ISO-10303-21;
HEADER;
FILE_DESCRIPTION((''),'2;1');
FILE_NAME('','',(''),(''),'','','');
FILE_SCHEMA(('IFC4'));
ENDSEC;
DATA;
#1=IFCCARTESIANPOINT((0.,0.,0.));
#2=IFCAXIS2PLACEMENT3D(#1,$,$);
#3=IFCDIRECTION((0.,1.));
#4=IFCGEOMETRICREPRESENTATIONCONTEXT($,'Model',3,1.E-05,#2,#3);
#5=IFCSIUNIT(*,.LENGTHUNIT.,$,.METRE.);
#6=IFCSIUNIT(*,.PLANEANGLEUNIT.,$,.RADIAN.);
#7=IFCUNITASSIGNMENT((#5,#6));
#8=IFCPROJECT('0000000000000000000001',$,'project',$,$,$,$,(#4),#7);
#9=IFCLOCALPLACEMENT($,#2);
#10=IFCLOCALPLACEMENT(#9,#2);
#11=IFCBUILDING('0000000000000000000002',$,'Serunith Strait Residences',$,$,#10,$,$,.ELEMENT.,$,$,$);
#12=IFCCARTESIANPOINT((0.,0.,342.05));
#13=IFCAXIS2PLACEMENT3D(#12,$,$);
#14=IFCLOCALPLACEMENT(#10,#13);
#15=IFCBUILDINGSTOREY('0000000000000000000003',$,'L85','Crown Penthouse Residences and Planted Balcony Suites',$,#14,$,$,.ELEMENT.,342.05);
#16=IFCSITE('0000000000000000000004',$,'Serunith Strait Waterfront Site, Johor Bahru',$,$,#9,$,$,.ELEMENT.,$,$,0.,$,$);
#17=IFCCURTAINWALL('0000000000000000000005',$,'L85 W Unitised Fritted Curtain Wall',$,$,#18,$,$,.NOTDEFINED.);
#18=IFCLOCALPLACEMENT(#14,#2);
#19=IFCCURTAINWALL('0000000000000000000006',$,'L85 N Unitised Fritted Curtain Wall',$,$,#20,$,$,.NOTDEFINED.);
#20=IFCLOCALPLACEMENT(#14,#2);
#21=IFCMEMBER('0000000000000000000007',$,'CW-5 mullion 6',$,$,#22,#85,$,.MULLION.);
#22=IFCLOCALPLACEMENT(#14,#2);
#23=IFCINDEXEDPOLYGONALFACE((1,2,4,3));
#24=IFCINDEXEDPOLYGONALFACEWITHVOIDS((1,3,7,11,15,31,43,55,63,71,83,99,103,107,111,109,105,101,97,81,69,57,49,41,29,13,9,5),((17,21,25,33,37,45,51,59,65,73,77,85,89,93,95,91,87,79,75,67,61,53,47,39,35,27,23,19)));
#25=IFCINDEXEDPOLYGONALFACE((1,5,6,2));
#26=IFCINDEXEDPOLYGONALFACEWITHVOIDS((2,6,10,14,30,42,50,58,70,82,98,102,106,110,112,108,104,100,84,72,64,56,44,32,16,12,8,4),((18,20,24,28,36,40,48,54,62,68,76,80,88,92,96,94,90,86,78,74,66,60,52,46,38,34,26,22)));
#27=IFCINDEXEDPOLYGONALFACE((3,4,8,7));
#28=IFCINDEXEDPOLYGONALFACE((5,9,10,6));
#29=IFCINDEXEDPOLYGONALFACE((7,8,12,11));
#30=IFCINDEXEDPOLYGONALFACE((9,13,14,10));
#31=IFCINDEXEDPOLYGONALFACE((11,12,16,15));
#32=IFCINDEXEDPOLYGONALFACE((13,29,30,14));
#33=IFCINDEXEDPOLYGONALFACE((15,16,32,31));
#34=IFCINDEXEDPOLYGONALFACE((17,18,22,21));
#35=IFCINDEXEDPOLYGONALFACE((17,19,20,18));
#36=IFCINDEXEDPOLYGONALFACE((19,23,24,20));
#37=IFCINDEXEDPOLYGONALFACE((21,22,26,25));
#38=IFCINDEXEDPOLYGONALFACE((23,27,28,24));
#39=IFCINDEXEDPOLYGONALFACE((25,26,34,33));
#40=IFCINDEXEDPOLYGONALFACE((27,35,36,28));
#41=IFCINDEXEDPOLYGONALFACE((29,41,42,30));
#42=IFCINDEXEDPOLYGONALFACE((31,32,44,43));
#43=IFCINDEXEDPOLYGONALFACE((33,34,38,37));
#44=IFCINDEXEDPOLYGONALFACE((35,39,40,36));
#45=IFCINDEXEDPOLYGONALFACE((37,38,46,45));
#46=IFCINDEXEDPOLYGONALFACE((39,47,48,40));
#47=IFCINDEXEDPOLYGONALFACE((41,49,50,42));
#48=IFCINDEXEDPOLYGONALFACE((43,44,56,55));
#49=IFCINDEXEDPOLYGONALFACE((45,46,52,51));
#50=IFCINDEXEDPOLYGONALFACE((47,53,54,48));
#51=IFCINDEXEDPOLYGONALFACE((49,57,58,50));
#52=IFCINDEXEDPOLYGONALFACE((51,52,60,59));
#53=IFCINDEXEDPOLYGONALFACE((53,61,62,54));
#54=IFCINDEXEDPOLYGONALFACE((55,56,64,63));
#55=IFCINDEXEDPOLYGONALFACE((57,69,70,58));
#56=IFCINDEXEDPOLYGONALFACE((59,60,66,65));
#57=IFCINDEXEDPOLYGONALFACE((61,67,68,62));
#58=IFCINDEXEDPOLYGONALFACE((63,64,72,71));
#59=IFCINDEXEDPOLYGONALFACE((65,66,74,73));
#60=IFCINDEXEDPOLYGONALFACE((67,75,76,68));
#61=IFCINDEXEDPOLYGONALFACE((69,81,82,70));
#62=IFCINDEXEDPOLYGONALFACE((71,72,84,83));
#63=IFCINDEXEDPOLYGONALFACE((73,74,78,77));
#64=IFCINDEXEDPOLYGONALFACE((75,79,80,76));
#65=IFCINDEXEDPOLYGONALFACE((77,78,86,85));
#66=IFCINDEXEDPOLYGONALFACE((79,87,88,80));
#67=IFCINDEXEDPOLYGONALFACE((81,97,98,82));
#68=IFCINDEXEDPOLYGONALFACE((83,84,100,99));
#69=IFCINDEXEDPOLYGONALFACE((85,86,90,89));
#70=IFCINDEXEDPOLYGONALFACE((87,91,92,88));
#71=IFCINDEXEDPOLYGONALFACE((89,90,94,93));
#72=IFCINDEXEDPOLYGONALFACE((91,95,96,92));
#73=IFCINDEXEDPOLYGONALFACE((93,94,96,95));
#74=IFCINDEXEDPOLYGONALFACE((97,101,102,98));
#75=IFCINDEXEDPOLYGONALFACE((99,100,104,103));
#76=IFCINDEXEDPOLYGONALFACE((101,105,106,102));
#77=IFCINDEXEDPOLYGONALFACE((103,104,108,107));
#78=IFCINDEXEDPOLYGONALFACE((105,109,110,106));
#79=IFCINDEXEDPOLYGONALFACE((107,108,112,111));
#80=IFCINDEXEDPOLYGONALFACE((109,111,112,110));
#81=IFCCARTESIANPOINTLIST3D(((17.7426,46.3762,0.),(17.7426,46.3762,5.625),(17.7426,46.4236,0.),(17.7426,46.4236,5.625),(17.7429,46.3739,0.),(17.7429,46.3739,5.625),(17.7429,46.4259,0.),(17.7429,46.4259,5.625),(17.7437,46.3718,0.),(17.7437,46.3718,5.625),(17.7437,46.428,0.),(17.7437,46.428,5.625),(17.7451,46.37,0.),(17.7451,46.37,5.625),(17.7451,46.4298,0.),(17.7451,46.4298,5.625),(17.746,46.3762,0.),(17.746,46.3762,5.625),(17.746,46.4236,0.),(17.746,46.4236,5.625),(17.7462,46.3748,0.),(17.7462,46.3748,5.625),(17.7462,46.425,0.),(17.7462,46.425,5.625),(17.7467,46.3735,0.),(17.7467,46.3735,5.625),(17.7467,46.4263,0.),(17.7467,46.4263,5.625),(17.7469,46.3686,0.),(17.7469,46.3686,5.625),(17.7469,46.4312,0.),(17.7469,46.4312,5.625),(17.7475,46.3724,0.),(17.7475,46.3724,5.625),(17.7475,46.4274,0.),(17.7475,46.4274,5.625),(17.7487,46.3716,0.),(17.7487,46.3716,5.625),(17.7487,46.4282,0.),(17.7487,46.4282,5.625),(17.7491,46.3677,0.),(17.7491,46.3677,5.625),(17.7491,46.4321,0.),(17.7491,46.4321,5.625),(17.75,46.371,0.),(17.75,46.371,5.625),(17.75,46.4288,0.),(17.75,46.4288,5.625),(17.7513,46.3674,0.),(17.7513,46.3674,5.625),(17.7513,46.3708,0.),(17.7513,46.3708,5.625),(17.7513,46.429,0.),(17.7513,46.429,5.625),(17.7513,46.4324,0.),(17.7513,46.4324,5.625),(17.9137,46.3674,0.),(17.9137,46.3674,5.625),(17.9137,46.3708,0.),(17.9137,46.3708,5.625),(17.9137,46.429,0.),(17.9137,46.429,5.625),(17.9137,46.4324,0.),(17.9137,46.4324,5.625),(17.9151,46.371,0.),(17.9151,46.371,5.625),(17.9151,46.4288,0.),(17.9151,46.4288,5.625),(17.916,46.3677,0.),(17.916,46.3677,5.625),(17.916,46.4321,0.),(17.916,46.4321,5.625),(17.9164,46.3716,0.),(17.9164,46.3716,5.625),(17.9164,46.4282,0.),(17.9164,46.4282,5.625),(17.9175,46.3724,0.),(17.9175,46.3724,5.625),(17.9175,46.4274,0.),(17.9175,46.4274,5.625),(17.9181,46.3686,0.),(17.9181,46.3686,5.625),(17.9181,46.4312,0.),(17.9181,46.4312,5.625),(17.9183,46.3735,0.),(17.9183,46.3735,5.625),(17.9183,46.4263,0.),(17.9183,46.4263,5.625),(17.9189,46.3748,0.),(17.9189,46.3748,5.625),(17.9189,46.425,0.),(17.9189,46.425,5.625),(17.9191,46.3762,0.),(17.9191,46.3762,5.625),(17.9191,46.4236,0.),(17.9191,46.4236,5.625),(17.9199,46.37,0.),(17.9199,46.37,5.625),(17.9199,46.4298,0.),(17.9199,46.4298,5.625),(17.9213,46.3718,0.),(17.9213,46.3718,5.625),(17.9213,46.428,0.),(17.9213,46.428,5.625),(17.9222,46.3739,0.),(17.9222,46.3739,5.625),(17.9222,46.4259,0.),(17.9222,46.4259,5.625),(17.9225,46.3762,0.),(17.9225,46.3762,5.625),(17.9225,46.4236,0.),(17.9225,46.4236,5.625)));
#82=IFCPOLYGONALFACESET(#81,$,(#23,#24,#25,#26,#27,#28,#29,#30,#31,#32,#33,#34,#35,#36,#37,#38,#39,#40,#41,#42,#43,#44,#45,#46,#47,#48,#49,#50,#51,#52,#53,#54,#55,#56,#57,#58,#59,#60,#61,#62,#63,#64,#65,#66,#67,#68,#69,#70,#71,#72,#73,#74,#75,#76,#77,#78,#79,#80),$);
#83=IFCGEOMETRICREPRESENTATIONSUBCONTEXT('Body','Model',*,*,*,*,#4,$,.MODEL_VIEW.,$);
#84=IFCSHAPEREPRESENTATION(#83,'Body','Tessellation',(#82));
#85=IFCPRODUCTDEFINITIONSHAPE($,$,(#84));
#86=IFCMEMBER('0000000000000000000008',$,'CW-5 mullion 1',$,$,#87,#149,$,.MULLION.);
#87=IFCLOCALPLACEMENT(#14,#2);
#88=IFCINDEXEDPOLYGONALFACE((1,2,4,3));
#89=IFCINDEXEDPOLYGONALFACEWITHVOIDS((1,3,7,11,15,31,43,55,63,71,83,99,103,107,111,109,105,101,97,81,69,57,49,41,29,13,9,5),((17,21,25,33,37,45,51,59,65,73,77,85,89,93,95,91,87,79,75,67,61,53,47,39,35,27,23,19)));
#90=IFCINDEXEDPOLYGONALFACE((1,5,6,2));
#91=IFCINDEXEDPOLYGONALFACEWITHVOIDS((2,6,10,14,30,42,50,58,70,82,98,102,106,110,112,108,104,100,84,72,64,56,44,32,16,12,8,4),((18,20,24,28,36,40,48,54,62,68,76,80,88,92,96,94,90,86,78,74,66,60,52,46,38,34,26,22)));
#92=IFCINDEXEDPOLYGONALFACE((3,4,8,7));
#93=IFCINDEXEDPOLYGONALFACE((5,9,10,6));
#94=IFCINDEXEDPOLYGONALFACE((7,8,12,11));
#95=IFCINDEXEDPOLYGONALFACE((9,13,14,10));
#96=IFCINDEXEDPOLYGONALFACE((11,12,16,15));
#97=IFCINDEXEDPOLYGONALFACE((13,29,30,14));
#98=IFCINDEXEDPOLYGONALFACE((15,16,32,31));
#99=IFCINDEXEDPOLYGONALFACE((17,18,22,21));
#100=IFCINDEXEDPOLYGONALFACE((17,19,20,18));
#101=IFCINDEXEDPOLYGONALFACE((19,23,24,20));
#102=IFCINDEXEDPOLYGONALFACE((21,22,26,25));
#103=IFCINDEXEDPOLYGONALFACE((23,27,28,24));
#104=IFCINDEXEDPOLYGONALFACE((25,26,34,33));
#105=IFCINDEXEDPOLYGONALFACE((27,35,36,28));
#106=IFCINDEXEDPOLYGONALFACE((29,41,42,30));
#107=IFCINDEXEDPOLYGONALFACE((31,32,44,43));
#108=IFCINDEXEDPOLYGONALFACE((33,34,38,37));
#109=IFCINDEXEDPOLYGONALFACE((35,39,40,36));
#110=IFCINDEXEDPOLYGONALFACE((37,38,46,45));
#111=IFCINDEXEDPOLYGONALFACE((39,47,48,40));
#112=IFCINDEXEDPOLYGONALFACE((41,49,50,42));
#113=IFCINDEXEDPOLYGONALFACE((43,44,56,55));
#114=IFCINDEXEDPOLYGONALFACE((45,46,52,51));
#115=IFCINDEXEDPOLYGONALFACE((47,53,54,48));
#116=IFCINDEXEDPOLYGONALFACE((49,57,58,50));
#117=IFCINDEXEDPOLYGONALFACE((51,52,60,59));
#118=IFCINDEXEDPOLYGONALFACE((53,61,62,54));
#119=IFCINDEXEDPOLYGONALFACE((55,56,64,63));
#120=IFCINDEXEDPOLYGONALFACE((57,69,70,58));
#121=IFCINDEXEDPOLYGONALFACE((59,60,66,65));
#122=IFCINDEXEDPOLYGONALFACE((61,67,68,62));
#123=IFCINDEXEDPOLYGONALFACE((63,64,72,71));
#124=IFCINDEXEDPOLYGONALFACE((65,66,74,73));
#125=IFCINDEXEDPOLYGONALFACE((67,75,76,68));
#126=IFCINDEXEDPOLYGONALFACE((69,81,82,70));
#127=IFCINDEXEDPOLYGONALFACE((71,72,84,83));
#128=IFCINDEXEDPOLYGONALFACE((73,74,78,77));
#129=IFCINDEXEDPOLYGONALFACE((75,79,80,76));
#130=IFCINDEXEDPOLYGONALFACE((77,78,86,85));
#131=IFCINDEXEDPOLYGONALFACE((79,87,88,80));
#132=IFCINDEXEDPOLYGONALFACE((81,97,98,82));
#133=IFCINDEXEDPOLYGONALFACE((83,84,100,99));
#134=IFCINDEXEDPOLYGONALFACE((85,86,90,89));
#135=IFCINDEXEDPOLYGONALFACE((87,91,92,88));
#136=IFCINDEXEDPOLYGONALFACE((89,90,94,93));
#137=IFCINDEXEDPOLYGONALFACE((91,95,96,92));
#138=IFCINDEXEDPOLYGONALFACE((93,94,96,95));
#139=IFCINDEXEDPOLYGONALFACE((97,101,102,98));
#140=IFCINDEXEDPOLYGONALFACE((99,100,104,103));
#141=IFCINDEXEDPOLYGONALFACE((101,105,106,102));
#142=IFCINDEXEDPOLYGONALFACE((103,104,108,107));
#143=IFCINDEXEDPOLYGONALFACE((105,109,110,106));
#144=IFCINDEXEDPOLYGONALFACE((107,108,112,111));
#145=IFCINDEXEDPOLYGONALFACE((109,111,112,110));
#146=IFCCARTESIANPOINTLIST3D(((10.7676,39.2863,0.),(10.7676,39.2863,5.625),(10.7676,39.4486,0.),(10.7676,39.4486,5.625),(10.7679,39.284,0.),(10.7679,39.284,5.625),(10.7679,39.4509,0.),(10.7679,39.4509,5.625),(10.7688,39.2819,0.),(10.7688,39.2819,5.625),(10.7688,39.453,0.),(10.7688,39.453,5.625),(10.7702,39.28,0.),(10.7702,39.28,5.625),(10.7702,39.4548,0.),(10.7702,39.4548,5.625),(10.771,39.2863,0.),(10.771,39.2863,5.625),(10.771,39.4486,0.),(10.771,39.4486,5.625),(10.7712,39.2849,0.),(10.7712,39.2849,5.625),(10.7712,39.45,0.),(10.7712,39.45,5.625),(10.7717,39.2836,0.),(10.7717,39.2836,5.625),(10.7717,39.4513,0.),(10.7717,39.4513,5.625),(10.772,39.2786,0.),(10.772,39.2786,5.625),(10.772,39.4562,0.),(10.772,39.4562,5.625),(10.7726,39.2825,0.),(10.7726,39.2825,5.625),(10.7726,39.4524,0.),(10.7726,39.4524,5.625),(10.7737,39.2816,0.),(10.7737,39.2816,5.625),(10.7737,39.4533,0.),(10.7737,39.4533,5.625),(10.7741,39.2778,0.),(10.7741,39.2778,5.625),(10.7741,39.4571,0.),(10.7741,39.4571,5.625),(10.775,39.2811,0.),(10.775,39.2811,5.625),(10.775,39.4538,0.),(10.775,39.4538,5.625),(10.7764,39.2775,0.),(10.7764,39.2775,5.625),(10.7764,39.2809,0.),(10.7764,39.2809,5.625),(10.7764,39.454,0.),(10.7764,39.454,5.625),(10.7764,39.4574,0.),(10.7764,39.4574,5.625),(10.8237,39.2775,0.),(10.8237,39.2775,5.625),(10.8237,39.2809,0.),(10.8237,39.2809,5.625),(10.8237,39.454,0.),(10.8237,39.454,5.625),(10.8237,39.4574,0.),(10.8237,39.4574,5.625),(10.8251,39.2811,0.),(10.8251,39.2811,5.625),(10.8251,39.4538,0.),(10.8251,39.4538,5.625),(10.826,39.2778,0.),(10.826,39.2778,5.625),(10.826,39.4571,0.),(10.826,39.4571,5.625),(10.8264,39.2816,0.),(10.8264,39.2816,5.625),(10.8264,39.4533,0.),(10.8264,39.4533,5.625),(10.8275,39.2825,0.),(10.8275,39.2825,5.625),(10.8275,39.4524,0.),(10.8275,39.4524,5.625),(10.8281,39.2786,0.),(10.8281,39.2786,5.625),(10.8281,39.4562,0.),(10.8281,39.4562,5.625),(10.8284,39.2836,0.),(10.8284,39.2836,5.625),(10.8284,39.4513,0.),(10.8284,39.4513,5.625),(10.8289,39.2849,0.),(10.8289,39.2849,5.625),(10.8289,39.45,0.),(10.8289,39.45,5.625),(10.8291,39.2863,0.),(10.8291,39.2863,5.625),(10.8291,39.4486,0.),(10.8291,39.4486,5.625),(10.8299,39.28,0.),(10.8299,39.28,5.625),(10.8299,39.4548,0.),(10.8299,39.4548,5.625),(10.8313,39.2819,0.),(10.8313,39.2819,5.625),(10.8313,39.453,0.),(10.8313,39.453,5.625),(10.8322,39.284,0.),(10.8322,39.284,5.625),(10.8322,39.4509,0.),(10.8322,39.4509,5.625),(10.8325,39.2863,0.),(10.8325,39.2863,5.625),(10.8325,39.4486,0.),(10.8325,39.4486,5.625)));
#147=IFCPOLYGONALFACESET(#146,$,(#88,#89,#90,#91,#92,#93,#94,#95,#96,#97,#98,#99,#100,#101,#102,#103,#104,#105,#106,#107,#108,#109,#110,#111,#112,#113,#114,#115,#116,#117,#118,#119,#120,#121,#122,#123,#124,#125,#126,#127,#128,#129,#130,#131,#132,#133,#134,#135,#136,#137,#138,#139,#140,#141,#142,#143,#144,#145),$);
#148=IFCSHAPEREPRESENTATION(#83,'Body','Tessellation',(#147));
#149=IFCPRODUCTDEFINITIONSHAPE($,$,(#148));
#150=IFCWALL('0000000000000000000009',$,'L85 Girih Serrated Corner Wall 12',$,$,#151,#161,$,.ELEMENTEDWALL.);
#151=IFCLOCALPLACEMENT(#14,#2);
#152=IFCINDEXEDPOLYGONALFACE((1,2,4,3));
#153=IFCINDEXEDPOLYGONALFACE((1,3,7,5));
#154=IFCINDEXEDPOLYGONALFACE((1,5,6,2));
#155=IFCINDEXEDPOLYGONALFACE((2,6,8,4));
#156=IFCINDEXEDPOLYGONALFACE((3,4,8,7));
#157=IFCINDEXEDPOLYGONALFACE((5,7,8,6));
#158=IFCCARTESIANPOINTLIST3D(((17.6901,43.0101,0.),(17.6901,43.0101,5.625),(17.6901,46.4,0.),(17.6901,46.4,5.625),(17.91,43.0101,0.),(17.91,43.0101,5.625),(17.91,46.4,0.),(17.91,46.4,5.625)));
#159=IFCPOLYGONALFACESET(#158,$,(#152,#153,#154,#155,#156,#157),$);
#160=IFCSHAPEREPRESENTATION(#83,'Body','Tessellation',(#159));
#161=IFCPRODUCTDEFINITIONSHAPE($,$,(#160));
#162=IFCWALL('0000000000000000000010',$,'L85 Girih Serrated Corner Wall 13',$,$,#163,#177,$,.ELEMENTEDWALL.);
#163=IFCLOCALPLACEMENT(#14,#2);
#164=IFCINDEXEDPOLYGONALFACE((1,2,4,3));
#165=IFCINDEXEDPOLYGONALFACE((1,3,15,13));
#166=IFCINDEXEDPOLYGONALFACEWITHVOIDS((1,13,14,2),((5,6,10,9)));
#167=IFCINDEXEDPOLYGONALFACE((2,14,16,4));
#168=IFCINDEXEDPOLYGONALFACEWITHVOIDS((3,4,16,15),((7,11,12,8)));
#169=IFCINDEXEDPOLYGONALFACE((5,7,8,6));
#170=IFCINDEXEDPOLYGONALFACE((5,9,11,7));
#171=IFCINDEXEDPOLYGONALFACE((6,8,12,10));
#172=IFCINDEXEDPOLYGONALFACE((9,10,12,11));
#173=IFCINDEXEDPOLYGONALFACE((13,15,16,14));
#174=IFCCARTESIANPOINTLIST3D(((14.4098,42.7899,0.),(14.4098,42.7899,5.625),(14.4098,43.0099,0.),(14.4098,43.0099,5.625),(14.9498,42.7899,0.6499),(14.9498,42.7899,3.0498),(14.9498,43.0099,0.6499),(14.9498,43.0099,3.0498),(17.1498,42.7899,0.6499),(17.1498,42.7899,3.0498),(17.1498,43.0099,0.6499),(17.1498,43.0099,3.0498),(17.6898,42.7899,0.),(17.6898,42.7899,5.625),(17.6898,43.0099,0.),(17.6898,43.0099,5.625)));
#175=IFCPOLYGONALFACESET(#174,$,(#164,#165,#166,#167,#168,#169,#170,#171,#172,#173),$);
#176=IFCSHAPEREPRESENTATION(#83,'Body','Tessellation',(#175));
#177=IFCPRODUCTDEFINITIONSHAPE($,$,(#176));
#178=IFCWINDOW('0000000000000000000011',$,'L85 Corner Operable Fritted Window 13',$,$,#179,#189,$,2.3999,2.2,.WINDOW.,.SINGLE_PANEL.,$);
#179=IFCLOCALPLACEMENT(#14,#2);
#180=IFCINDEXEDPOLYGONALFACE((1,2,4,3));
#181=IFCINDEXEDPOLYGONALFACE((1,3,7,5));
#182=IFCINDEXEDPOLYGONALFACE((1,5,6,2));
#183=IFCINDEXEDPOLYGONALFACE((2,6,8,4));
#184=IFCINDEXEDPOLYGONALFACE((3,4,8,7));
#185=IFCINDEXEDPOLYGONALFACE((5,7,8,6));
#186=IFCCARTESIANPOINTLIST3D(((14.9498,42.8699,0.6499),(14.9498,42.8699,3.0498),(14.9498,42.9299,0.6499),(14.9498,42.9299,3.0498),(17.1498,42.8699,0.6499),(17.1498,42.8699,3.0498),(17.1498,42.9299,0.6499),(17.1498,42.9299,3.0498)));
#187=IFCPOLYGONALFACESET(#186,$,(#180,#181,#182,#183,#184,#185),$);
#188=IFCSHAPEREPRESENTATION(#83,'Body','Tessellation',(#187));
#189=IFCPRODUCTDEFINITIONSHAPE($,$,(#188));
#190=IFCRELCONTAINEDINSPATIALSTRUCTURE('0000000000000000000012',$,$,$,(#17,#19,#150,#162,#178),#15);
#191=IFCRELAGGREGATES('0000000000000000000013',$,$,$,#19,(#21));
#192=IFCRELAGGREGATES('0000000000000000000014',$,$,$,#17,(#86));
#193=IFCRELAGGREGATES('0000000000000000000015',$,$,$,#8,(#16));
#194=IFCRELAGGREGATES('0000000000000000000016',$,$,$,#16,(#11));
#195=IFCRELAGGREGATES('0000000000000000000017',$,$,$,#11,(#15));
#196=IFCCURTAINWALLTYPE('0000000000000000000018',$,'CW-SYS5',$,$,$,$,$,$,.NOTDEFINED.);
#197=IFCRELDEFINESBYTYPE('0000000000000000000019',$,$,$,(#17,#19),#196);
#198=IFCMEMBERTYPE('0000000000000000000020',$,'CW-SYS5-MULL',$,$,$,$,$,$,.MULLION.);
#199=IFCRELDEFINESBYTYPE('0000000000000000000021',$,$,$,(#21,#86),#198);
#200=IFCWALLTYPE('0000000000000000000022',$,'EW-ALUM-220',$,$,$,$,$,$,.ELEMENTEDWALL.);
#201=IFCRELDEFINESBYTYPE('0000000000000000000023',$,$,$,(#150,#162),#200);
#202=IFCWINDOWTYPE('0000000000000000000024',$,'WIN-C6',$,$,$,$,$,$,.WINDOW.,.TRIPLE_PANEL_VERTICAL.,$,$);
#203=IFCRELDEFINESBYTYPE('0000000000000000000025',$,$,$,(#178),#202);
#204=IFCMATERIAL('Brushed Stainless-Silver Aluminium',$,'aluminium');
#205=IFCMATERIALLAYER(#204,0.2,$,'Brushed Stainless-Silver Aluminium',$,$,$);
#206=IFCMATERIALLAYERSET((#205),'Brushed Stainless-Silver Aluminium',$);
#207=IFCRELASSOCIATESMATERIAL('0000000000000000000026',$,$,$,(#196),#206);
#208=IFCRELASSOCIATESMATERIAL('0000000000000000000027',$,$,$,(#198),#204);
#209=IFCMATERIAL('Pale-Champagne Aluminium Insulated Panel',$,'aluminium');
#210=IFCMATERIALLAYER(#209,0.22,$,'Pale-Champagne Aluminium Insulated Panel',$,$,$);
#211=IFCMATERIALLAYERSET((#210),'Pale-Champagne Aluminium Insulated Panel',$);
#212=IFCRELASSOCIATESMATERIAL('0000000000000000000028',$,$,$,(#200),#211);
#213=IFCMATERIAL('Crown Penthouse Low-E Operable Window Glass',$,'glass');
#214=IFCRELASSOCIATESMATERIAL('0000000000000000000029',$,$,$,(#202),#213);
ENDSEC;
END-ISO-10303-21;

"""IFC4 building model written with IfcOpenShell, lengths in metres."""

from ifc_helpers import new_model, si_unit, direction, frame, frame_2d, origin, origin_2d, place, context, subcontext, project, spatial, rectangle, hollow_rectangle, extrude, source, transform, mapped, material, layer, layer_set, material_profile, profile_set, type_object, element, fill, aggregate, save


model = new_model("IFC4")

# Units and contexts
model_context = context("Model", 3, precision=1e-05, world=origin(), true_north=direction((0.0, 1.0)))
body_context = subcontext(model_context, "Body", "Model", "MODEL_VIEW")
ifc_project = project(units=[si_unit("LENGTHUNIT", "METRE"), si_unit("PLANEANGLEUNIT", "RADIAN")], contexts=[model_context])

# Site, building, storey
site_placement = place(None, origin())
site = spatial("IfcSite", under=ifc_project, at=site_placement, Name="Serunith Strait Waterfront Site, Johor Bahru", CompositionType="ELEMENT", RefElevation=0.0)
building_placement = place(site_placement, origin())
building = spatial("IfcBuilding", under=site, at=building_placement, Name="Serunith Strait Residences", CompositionType="ELEMENT")
storey_placement = place(building_placement, frame((0.0, 0.0, 342.05)))
storey = spatial("IfcBuildingStorey", under=building, at=storey_placement, Name="L85", Description="Crown Penthouse Residences and Planted Balcony Suites", CompositionType="ELEMENT", Elevation=342.05)

# Curtain wall
ifc_material_1 = material(Name="Brushed Stainless-Silver Aluminium", Category="aluminium")
ifc_layer_1 = layer(ifc_material_1, 0.2, Name="Brushed Stainless-Silver Aluminium")
ifc_layer_set_1 = layer_set([ifc_layer_1], Name="Brushed Stainless-Silver Aluminium")
curtain_wall_type = type_object("IfcCurtainWallType", Name="CW-SYS5", PredefinedType="NOTDEFINED", material=ifc_layer_set_1)
curtain_wall_1_placement = place(storey_placement, origin())
curtain_wall_1 = element("IfcCurtainWall", 1, at=curtain_wall_1_placement, inside=storey, type_object=curtain_wall_type, Name="L85 W Unitised Fritted Curtain Wall", PredefinedType="NOTDEFINED")

# Curtain wall, member
curtain_wall_2_placement = place(storey_placement, origin())
curtain_wall_2 = element("IfcCurtainWall", 2, at=curtain_wall_2_placement, inside=storey, type_object=curtain_wall_type, Name="L85 N Unitised Fritted Curtain Wall", PredefinedType="NOTDEFINED")
ifc_material_profile_1 = material_profile(ifc_material_1, hollow_rectangle(XDim=0.0649, YDim=0.1799, WallThickness=0.0034, InnerFilletRadius=0.0054, OuterFilletRadius=0.0088, at=origin_2d()), Name="ALU 180x65x3.5")
ifc_profile_set_1 = profile_set([ifc_material_profile_1], Name="Brushed Stainless-Silver Aluminium")
member_type_1 = type_object("IfcMemberType", Name="CW-SYS5-MULL", PredefinedType="MULLION", material=ifc_profile_set_1)
shared_shape_1 = source(origin(), body_context, "Body", "SweptSolid", [
    extrude(hollow_rectangle(XDim=0.0649, YDim=0.1799, WallThickness=0.0034, InnerFilletRadius=0.0054, OuterFilletRadius=0.0088, at=origin_2d()), origin(), (0.0, 0.0, 1.0), 5.625),
])
member_1_placement = place(storey_placement, frame((17.8325, 46.3999, 0.0), z_axis=(0.0, 0.0, 1.0), x_axis=(0.0, -1.0, 0.0)))
member_1 = element("IfcMember", 3, at=member_1_placement, type_object=member_type_1, Name="CW-5 mullion 6", PredefinedType="MULLION", context=body_context, shape_type="MappedRepresentation", body=[
    mapped(shared_shape_1, transform((0.0, 0.0, 0.0), scale=1.0)),
])
aggregate(curtain_wall_2, [member_1])

# Member
member_2_placement = place(storey_placement, frame((10.8, 39.3674, 0.0), z_axis=(0.0, 0.0, 1.0), x_axis=(1.0, 0.0, 0.0)))
member_2 = element("IfcMember", 4, at=member_2_placement, type_object=member_type_1, Name="CW-5 mullion 1", PredefinedType="MULLION", context=body_context, shape_type="MappedRepresentation", body=[
    mapped(shared_shape_1, transform((0.0, 0.0, 0.0), scale=1.0)),
])
aggregate(curtain_wall_1, [member_2])

# Wall
ifc_material_2 = material(Name="Pale-Champagne Aluminium Insulated Panel", Category="aluminium")
ifc_layer_2 = layer(ifc_material_2, 0.22, Name="Pale-Champagne Aluminium Insulated Panel")
ifc_layer_set_2 = layer_set([ifc_layer_2], Name="Pale-Champagne Aluminium Insulated Panel")
wall_type_1 = type_object("IfcWallType", Name="EW-ALUM-220", PredefinedType="ELEMENTEDWALL", material=ifc_layer_set_2)
wall_1_placement = place(storey_placement, frame((17.8, 46.3999, 0.0), z_axis=(0.0, 0.0, 1.0), x_axis=(0.0, -1.0, 0.0)))
element("IfcWall", 5, at=wall_1_placement, inside=storey, type_object=wall_type_1, Name="L85 Girih Serrated Corner Wall 12", PredefinedType="ELEMENTEDWALL", context=body_context, shape_type="SweptSolid", body=[
    extrude(rectangle(XDim=3.3899, YDim=0.22, at=frame_2d((1.6948, 0.0))), origin(), (0.0, 0.0, 1.0), 5.625),
])

# Wall, opening, window
wall_2_placement = place(storey_placement, frame((17.6899, 42.8999, 0.0), z_axis=(0.0, 0.0, 1.0), x_axis=(-1.0, 0.0, 0.0)))
wall_2 = element("IfcWall", 6, at=wall_2_placement, inside=storey, type_object=wall_type_1, Name="L85 Girih Serrated Corner Wall 13", PredefinedType="ELEMENTEDWALL", context=body_context, shape_type="SweptSolid", body=[
    extrude(rectangle(XDim=3.28, YDim=0.22, at=frame_2d((1.6401, 0.0))), origin(), (0.0, 0.0, 1.0), 5.625),
])
opening_1_placement = place(wall_2_placement, frame((0.54, 0.0, 0.6499)))
opening_1 = element("IfcOpeningElement", 7, at=opening_1_placement, cuts=wall_2, PredefinedType="OPENING", context=body_context, shape_type="SweptSolid", body=[
    extrude(rectangle(XDim=2.2, YDim=2.3999, at=frame_2d((1.1001, 1.2))), frame((0.0, 0.1201, 0.0), z_axis=(0.0, -1.0, 0.0), x_axis=(1.0, 0.0, 0.0)), (0.0, 0.0, 1.0), 0.24),
])
ifc_material_3 = material(Name="Crown Penthouse Low-E Operable Window Glass", Category="glass")
window_type = type_object("IfcWindowType", Name="WIN-C6", PartitioningType="TRIPLE_PANEL_VERTICAL", PredefinedType="WINDOW", material=ifc_material_3)
shared_shape_2 = source(origin(), body_context, "Body", "SweptSolid", [
    extrude(rectangle(XDim=2.2, YDim=2.3999, at=frame_2d((1.1001, 1.2))), frame((0.0, 0.03, 0.0), z_axis=(0.0, -1.0, 0.0), x_axis=(1.0, 0.0, 0.0)), (0.0, 0.0, 1.0), 0.0601),
])
window_1_placement = place(opening_1_placement, origin())
window_1 = element("IfcWindow", 8, at=window_1_placement, inside=storey, type_object=window_type, Name="L85 Corner Operable Fritted Window 13", OverallHeight=2.3999, OverallWidth=2.2, PartitioningType="SINGLE_PANEL", PredefinedType="WINDOW", context=body_context, shape_type="MappedRepresentation", body=[
    mapped(shared_shape_2, transform((0.0, 0.0, 0.0), scale=1.0)),
])
fill(opening_1, window_1)

save(model, "model.ifc")
